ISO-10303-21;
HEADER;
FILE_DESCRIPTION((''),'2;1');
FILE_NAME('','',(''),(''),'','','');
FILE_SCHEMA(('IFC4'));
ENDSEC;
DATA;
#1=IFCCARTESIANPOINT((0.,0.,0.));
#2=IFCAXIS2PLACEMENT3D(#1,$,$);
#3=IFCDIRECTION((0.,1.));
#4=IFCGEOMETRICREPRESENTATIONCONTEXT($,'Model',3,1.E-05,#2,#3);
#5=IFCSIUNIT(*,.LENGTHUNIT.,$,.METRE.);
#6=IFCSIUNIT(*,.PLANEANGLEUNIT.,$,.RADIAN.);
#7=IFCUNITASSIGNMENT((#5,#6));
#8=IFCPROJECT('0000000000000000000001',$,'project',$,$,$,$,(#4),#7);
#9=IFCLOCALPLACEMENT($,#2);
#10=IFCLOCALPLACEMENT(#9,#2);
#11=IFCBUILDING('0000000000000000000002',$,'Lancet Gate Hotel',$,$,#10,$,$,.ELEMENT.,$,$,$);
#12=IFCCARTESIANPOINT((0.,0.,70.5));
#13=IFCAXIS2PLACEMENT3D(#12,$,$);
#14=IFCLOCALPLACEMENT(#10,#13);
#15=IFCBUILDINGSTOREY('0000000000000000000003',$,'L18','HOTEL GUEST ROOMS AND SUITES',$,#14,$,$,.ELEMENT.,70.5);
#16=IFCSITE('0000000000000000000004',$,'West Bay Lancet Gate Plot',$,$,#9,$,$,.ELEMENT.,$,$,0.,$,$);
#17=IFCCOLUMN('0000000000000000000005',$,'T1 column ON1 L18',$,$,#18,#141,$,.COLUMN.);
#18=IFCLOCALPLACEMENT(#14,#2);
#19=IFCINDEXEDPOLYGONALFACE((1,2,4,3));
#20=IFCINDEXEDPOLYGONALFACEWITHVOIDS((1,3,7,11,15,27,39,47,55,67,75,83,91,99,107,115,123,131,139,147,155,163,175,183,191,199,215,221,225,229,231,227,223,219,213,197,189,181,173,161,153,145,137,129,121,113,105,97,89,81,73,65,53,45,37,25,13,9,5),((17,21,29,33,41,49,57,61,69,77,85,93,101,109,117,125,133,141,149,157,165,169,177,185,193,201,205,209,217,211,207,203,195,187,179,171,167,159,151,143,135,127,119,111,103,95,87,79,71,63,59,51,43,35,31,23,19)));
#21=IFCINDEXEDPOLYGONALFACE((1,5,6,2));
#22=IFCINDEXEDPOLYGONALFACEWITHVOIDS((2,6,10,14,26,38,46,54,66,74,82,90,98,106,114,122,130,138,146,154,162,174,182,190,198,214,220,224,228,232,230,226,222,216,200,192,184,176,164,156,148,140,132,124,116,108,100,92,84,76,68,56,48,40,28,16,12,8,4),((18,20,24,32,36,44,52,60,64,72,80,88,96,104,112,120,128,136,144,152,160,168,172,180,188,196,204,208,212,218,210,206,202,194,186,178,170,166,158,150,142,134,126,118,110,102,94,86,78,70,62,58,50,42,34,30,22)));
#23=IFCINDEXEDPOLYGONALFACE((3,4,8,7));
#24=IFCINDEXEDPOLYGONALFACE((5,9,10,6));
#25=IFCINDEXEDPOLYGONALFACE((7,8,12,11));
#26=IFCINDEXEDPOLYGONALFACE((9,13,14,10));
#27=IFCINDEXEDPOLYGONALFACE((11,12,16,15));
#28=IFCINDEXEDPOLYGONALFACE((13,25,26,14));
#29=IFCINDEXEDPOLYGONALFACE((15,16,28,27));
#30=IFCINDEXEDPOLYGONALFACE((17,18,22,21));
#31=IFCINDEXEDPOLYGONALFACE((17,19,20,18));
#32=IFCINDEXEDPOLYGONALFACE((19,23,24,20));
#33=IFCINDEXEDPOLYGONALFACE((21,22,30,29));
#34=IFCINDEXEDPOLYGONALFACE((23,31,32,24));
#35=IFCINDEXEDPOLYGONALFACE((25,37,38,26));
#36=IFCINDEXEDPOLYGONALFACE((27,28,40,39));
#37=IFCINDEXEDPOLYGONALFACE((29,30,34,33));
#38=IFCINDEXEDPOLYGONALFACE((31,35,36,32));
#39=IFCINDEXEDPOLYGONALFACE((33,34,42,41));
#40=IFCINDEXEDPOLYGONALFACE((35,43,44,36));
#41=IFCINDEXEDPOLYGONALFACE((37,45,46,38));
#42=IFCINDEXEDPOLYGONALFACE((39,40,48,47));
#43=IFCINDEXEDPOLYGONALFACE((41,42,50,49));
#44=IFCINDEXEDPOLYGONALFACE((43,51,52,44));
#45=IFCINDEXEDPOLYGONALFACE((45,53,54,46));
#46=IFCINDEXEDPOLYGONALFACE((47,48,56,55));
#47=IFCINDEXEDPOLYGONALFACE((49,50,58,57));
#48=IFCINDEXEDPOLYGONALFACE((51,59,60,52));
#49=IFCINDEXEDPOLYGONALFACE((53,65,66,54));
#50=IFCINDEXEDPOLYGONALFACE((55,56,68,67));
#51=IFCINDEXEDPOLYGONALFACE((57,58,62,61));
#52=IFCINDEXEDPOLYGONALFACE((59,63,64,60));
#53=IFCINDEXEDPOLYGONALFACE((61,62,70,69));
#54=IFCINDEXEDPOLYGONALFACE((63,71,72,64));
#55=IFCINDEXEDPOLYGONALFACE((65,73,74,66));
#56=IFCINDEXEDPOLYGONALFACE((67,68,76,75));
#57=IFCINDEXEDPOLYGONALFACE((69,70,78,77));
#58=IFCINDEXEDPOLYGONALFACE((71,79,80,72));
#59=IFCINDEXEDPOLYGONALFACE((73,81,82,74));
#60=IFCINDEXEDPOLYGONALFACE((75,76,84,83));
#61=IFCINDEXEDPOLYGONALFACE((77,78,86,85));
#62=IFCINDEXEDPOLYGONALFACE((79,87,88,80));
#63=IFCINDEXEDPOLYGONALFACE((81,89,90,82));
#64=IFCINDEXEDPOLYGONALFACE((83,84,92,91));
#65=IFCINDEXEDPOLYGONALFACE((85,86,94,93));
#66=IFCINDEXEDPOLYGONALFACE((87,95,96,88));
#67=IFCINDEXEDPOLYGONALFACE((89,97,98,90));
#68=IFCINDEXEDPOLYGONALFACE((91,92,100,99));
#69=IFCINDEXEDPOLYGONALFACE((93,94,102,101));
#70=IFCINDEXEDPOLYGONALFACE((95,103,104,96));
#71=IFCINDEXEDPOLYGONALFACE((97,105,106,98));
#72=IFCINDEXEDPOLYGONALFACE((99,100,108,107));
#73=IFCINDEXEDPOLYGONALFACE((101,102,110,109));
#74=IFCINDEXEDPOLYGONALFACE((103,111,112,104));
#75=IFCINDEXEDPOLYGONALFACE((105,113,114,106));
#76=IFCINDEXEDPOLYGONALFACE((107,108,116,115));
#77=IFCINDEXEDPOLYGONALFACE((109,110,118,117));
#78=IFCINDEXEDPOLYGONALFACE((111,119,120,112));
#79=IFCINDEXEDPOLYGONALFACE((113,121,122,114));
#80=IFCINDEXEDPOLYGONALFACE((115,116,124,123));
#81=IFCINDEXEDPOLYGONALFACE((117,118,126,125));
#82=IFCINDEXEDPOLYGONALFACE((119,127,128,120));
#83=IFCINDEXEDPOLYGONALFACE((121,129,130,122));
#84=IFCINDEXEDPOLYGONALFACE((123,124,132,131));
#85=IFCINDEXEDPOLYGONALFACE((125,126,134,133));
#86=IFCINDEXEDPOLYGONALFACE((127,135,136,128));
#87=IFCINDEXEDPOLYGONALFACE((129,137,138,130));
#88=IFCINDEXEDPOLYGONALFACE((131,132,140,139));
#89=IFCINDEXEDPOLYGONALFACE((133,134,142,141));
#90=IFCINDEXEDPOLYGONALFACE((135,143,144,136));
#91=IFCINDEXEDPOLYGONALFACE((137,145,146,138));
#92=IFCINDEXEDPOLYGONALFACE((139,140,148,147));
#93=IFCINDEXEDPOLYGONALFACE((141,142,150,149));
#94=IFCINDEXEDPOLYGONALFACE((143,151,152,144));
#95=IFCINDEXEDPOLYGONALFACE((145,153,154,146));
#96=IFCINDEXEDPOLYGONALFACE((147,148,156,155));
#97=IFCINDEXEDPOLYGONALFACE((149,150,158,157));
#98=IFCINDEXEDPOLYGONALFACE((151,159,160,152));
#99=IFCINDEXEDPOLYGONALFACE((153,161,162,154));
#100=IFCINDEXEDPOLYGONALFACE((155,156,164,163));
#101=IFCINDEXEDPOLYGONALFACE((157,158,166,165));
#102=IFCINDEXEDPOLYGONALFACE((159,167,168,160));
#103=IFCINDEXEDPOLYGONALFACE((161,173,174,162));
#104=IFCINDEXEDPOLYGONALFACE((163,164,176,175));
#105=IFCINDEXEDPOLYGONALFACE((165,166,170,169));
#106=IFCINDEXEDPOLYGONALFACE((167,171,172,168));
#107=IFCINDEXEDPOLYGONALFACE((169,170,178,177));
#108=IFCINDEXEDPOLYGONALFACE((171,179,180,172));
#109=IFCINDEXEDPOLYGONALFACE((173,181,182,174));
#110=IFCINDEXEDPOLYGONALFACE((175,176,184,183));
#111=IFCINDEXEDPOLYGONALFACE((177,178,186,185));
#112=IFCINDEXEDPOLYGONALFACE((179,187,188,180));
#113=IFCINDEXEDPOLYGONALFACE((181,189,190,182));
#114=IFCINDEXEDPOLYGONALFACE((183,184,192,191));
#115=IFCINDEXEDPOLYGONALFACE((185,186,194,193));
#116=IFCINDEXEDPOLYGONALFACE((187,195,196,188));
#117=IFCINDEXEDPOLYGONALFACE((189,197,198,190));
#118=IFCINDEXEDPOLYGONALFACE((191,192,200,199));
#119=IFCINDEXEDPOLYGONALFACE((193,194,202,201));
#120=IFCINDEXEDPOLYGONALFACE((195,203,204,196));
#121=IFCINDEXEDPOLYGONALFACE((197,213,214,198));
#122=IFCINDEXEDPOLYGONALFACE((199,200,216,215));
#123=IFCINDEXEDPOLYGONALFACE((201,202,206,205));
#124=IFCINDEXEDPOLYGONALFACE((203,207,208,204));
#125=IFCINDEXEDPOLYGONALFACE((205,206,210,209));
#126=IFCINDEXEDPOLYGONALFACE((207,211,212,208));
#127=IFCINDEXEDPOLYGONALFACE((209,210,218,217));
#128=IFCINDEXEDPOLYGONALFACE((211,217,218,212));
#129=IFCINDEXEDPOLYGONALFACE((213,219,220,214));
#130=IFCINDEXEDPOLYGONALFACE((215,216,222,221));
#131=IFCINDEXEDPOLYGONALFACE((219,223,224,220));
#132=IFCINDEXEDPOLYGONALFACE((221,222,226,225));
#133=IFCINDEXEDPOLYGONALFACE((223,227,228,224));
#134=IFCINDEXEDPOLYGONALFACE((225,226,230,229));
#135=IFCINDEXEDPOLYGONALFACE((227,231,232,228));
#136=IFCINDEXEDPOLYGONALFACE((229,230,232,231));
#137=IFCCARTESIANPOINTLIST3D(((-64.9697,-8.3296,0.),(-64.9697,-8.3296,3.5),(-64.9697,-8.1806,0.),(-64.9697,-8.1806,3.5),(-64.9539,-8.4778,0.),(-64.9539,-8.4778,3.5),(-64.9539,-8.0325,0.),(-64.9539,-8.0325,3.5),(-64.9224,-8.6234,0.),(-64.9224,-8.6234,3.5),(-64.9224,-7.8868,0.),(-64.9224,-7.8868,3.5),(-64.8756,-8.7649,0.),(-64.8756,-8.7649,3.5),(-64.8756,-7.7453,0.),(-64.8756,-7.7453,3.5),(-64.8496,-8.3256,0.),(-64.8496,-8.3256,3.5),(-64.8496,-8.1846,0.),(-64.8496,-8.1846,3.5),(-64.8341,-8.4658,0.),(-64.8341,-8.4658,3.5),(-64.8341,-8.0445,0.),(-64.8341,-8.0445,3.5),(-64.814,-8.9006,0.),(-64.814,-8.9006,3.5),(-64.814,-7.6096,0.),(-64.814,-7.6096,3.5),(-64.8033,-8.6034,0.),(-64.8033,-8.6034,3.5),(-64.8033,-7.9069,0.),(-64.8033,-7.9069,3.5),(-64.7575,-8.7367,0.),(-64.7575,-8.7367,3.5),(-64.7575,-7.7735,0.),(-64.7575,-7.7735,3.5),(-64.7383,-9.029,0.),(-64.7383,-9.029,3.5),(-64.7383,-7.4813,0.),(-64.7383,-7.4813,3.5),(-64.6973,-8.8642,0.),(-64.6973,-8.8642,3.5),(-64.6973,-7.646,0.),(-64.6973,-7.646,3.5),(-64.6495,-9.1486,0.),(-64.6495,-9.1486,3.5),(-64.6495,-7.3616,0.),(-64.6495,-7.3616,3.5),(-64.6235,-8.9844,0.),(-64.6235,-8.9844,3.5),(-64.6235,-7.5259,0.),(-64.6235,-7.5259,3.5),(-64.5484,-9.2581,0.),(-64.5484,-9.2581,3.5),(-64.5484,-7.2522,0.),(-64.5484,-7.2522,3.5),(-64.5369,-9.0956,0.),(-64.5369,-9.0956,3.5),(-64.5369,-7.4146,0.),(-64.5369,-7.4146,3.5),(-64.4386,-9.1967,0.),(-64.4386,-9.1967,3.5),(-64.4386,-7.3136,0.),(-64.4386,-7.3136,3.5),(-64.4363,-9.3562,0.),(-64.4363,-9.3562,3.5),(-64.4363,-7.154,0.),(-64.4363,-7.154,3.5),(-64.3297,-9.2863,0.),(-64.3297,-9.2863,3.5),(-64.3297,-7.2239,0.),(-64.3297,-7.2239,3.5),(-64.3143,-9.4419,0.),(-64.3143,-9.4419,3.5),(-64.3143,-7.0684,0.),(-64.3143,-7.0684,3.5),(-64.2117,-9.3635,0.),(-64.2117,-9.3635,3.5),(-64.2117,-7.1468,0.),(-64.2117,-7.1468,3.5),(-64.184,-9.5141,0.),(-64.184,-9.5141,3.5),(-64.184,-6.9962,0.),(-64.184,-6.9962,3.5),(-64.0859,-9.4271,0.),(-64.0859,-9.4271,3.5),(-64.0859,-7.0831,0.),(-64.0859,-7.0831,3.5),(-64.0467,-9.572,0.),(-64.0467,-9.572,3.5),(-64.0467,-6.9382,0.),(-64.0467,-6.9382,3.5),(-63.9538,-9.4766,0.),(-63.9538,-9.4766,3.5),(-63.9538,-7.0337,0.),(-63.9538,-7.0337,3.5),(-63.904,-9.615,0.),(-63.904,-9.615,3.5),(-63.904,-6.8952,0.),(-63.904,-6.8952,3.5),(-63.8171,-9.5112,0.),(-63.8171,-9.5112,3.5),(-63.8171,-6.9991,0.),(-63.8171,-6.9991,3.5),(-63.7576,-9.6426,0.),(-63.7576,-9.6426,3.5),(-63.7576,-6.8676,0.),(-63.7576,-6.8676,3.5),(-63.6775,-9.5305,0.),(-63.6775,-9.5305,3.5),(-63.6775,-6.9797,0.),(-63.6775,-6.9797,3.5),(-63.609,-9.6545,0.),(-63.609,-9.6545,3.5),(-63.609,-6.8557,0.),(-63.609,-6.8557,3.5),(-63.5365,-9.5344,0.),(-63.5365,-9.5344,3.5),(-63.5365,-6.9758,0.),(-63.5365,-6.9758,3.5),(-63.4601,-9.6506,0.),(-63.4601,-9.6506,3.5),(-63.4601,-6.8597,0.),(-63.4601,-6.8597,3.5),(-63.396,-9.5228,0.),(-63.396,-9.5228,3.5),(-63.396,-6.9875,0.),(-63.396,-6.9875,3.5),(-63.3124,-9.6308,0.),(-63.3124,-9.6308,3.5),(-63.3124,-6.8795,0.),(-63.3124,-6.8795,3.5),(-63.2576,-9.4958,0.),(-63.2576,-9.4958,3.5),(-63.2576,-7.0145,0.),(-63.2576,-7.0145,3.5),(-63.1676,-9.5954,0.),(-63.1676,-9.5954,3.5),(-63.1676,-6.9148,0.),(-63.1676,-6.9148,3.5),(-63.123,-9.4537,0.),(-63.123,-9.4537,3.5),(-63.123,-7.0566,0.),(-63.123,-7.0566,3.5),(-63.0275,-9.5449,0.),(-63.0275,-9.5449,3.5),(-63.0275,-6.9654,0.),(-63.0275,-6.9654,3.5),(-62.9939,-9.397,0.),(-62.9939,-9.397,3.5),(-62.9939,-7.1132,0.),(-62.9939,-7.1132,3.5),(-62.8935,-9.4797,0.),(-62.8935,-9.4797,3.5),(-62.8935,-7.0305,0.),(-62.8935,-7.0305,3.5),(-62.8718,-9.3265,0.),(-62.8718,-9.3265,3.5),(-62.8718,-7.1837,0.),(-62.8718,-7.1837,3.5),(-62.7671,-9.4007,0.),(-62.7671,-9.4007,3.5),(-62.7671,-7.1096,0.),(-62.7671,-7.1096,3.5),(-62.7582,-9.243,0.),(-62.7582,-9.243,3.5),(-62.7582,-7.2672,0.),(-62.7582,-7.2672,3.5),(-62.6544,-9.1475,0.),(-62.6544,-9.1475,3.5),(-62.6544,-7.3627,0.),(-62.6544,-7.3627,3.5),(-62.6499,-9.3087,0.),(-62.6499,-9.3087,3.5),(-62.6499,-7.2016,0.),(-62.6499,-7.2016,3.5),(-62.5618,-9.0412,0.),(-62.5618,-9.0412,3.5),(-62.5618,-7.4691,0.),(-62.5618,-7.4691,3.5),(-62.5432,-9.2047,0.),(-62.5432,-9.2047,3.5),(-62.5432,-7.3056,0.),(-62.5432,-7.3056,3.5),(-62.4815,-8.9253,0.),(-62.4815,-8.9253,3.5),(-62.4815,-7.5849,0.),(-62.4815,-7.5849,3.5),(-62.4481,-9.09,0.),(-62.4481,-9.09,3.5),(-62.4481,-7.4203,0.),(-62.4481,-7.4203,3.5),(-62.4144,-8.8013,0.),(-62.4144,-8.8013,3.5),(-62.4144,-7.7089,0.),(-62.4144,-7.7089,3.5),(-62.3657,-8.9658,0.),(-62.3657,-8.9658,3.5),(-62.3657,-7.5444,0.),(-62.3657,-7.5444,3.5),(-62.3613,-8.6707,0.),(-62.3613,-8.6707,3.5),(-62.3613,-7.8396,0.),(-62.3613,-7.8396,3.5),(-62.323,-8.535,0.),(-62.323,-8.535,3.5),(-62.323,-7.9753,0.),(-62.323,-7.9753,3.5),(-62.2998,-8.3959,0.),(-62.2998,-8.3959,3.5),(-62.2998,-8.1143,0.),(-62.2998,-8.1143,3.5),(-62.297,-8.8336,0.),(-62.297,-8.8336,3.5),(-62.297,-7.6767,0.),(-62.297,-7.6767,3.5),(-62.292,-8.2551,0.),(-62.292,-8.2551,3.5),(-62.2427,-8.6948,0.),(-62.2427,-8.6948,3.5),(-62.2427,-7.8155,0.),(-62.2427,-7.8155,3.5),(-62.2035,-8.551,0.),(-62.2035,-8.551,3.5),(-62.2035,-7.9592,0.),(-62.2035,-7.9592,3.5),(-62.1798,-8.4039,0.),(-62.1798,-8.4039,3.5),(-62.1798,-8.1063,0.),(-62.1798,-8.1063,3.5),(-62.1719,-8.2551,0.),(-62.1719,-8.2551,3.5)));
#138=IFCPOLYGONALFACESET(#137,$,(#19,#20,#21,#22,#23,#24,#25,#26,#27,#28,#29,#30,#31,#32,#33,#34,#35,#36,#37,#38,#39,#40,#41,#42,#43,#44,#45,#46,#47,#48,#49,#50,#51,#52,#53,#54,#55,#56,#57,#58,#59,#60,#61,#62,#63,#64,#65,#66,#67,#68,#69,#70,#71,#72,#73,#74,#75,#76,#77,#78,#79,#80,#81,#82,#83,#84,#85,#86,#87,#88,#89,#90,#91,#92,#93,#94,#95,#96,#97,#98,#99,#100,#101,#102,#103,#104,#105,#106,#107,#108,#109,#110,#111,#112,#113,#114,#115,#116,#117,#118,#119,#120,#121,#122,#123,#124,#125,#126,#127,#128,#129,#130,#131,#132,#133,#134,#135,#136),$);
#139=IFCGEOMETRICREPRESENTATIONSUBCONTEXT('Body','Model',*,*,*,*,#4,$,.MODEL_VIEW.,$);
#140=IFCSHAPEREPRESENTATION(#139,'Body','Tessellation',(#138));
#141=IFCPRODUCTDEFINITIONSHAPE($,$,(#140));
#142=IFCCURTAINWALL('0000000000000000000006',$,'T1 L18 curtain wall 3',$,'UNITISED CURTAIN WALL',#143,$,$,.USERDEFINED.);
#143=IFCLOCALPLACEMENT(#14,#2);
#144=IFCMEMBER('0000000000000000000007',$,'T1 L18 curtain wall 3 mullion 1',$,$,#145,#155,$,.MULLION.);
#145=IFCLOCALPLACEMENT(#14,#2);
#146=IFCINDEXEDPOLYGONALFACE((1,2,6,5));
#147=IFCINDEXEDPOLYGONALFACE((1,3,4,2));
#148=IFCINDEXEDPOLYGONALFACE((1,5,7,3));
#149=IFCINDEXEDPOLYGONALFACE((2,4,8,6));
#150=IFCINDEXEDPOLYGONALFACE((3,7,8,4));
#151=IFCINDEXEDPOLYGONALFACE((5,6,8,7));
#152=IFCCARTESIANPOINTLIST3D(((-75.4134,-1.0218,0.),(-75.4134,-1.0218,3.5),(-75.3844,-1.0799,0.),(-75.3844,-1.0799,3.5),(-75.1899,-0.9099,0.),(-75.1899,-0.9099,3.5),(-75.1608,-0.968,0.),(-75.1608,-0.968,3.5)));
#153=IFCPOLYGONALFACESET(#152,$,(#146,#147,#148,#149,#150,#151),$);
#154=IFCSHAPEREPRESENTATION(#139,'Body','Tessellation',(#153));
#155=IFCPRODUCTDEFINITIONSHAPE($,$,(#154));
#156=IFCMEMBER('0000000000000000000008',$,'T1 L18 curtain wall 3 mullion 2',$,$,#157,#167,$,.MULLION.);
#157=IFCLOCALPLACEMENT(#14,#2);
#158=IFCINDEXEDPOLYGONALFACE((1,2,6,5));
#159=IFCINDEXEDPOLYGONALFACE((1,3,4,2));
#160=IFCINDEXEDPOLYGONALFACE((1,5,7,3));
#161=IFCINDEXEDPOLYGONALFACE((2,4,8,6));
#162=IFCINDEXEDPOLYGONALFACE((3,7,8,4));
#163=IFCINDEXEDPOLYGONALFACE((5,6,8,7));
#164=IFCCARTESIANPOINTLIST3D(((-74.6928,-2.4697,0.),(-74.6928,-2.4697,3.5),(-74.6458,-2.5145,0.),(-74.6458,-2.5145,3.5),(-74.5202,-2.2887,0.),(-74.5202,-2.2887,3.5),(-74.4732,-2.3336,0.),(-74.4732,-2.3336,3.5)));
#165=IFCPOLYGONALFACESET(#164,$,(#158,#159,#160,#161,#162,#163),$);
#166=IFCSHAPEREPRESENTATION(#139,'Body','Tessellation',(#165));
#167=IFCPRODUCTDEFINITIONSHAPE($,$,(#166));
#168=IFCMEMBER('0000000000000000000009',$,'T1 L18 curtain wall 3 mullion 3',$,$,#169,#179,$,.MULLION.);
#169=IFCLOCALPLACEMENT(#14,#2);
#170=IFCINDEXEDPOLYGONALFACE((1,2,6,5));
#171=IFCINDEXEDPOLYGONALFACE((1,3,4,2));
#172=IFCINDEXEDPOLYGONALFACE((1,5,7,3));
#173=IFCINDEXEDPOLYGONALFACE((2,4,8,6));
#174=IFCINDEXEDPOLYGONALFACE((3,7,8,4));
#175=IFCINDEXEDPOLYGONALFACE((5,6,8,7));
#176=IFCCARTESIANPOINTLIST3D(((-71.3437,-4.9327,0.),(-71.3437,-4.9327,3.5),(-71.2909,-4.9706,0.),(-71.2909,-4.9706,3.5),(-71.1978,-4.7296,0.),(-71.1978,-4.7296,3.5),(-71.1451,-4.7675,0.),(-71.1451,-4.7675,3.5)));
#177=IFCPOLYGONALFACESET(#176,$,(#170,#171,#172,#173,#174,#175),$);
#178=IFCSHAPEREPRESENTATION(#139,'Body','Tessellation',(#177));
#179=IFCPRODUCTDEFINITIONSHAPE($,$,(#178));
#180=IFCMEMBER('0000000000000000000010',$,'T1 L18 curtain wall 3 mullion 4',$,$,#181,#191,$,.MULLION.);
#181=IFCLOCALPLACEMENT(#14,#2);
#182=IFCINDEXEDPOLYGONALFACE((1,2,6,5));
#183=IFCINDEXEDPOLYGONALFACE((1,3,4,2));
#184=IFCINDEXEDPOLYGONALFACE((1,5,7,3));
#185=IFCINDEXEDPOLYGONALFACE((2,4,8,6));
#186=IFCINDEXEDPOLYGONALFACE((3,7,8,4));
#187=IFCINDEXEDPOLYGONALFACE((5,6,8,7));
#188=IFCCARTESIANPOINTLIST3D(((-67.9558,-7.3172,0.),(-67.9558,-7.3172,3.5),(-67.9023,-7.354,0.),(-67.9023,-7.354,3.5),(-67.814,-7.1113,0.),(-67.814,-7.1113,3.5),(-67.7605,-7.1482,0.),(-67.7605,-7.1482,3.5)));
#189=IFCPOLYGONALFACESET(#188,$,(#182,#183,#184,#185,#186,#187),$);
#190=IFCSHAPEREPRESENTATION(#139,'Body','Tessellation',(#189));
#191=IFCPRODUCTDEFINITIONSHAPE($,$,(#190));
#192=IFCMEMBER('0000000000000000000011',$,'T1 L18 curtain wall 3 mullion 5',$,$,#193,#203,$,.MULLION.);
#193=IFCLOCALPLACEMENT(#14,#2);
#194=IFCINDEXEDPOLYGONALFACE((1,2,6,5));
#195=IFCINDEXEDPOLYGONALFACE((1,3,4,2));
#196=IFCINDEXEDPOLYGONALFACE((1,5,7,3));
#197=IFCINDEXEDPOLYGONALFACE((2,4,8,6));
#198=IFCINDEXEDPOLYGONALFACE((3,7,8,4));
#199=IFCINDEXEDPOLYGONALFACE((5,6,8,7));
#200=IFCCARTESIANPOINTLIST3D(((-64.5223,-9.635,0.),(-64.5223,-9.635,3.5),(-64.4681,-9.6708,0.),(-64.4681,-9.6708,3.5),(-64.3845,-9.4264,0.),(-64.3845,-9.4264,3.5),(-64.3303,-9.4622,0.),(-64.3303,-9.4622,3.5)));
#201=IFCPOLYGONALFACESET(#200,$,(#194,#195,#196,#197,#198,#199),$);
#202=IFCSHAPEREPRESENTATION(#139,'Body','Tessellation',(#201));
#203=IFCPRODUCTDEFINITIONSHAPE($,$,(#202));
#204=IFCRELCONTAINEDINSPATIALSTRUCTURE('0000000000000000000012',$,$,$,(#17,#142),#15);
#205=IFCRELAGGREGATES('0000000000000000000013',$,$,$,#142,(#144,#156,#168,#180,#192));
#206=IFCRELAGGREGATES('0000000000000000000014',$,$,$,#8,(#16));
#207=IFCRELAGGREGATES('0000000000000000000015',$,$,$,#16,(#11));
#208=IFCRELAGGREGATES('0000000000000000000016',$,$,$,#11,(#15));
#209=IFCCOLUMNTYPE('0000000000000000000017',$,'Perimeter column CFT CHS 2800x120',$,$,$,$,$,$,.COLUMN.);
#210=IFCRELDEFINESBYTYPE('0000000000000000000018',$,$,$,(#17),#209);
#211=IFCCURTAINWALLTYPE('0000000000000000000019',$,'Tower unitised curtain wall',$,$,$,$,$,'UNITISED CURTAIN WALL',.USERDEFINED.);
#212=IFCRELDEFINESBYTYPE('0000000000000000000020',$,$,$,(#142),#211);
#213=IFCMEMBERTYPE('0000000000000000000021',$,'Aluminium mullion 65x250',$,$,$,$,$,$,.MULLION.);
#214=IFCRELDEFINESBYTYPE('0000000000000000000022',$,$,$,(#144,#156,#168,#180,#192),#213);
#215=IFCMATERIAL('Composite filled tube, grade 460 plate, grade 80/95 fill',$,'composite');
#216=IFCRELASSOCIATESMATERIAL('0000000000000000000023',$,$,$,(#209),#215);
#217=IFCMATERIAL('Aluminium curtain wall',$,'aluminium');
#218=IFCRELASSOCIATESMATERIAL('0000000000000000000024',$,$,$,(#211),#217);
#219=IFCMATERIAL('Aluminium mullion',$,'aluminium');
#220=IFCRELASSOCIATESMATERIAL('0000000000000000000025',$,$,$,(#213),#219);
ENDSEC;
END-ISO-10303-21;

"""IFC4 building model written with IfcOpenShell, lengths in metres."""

from ifc_helpers import new_model, si_unit, direction, frame, origin, origin_2d, place, context, subcontext, project, spatial, rectangle, hollow_circle, extrude, material, material_profile, profile_set, type_object, element, aggregate, save


model = new_model("IFC4")

# Units and contexts
model_context = context("Model", 3, precision=1e-05, world=origin(), true_north=direction((0.0, 1.0)))
body_context = subcontext(model_context, "Body", "Model", "MODEL_VIEW")
ifc_project = project(units=[si_unit("LENGTHUNIT", "METRE"), si_unit("PLANEANGLEUNIT", "RADIAN")], contexts=[model_context])

# Site, building, storey
site_placement = place(None, origin())
site = spatial("IfcSite", under=ifc_project, at=site_placement, Name="West Bay Lancet Gate Plot", CompositionType="ELEMENT", RefElevation=0.0)
building_placement = place(site_placement, origin())
building = spatial("IfcBuilding", under=site, at=building_placement, Name="Lancet Gate Hotel", CompositionType="ELEMENT")
storey_placement = place(building_placement, frame((0.0, 0.0, 70.5)))
storey = spatial("IfcBuildingStorey", under=building, at=storey_placement, Name="L18", Description="HOTEL GUEST ROOMS AND SUITES", CompositionType="ELEMENT", Elevation=70.5)

# Column
ifc_material_1 = material(Name="Composite filled tube, grade 460 plate, grade 80/95 fill", Category="composite")
ifc_material_profile_1 = material_profile(ifc_material_1, hollow_circle(Radius=1.3999, WallThickness=0.1201, at=origin_2d()), Name="CHS 2800x120")
ifc_profile_set_1 = profile_set([ifc_material_profile_1], Name="Composite filled tube, grade 460 plate, grade 80/95 fill")
column_type_1 = type_object("IfcColumnType", Name="Perimeter column CFT CHS 2800x120", PredefinedType="COLUMN", material=ifc_profile_set_1)
column_1_placement = place(storey_placement, frame((-63.5718, -8.2551, 0.0), z_axis=(0.0, 0.0, 1.0), x_axis=(1.0, 0.0, 0.0)))
element("IfcColumn", 1, at=column_1_placement, inside=storey, type_object=column_type_1, Name="T1 column ON1 L18", PredefinedType="COLUMN", context=body_context, shape_type="SweptSolid", body=[
    extrude(hollow_circle(Radius=1.3999, WallThickness=0.1201, at=origin_2d()), origin(), (0.0, 0.0, 1.0), 3.5),
])

# Curtain wall, members
ifc_material_2 = material(Name="Aluminium curtain wall", Category="aluminium")
curtain_wall_type = type_object("IfcCurtainWallType", Name="Tower unitised curtain wall", ElementType="UNITISED CURTAIN WALL", PredefinedType="USERDEFINED", material=ifc_material_2)
curtain_wall_placement = place(storey_placement, origin())
curtain_wall = element("IfcCurtainWall", 2, at=curtain_wall_placement, inside=storey, type_object=curtain_wall_type, Name="T1 L18 curtain wall 3", ObjectType="UNITISED CURTAIN WALL", PredefinedType="USERDEFINED")
ifc_material_3 = material(Name="Aluminium mullion", Category="aluminium")
ifc_material_profile_2 = material_profile(ifc_material_3, rectangle(XDim=0.0649, YDim=0.25, at=origin_2d()), Name="MULLION 65x250")
ifc_profile_set_2 = profile_set([ifc_material_profile_2], Name="Aluminium mullion")
member_type_1 = type_object("IfcMemberType", Name="Aluminium mullion 65x250", PredefinedType="MULLION", material=ifc_profile_set_2)
member_1_placement = place(storey_placement, frame((-75.2871, -0.9949, 0.0), z_axis=(0.0, 0.0, 1.0), x_axis=(0.447628, -0.89422, 0.0)))
member_1 = element("IfcMember", 3, at=member_1_placement, type_object=member_type_1, Name="T1 L18 curtain wall 3 mullion 1", PredefinedType="MULLION", context=body_context, shape_type="SweptSolid", body=[
    extrude(rectangle(XDim=0.0649, YDim=0.25, at=origin_2d()), origin(), (0.0, 0.0, 1.0), 3.5),
])
member_2_placement = place(storey_placement, frame((-74.583, -2.4016, 0.0), z_axis=(0.0, 0.0, 1.0), x_axis=(0.723696, -0.690119, 0.0)))
member_2 = element("IfcMember", 4, at=member_2_placement, type_object=member_type_1, Name="T1 L18 curtain wall 3 mullion 2", PredefinedType="MULLION", context=body_context, shape_type="SweptSolid", body=[
    extrude(rectangle(XDim=0.0649, YDim=0.25, at=origin_2d()), origin(), (0.0, 0.0, 1.0), 3.5),
])
member_3_placement = place(storey_placement, frame((-71.2444, -4.8501, 0.0), z_axis=(0.0, 0.0, 1.0), x_axis=(0.812147, -0.583453, 0.0)))
member_3 = element("IfcMember", 5, at=member_3_placement, type_object=member_type_1, Name="T1 L18 curtain wall 3 mullion 3", PredefinedType="MULLION", context=body_context, shape_type="SweptSolid", body=[
    extrude(rectangle(XDim=0.0649, YDim=0.25, at=origin_2d()), origin(), (0.0, 0.0, 1.0), 3.5),
])
member_4_placement = place(storey_placement, frame((-67.8582, -7.2327, 0.0), z_axis=(0.0, 0.0, 1.0), x_axis=(0.823425, -0.567425, 0.0)))
member_4 = element("IfcMember", 6, at=member_4_placement, type_object=member_type_1, Name="T1 L18 curtain wall 3 mullion 4", PredefinedType="MULLION", context=body_context, shape_type="SweptSolid", body=[
    extrude(rectangle(XDim=0.0649, YDim=0.25, at=origin_2d()), origin(), (0.0, 0.0, 1.0), 3.5),
])
member_5_placement = place(storey_placement, frame((-64.4263, -9.5486, 0.0), z_axis=(0.0, 0.0, 1.0), x_axis=(0.834387, -0.551178, 0.0)))
member_5 = element("IfcMember", 7, at=member_5_placement, type_object=member_type_1, Name="T1 L18 curtain wall 3 mullion 5", PredefinedType="MULLION", context=body_context, shape_type="SweptSolid", body=[
    extrude(rectangle(XDim=0.0649, YDim=0.25, at=origin_2d()), origin(), (0.0, 0.0, 1.0), 3.5),
])

aggregate(curtain_wall, [member_1, member_2, member_3, member_4, member_5])

save(model, "model.ifc")
